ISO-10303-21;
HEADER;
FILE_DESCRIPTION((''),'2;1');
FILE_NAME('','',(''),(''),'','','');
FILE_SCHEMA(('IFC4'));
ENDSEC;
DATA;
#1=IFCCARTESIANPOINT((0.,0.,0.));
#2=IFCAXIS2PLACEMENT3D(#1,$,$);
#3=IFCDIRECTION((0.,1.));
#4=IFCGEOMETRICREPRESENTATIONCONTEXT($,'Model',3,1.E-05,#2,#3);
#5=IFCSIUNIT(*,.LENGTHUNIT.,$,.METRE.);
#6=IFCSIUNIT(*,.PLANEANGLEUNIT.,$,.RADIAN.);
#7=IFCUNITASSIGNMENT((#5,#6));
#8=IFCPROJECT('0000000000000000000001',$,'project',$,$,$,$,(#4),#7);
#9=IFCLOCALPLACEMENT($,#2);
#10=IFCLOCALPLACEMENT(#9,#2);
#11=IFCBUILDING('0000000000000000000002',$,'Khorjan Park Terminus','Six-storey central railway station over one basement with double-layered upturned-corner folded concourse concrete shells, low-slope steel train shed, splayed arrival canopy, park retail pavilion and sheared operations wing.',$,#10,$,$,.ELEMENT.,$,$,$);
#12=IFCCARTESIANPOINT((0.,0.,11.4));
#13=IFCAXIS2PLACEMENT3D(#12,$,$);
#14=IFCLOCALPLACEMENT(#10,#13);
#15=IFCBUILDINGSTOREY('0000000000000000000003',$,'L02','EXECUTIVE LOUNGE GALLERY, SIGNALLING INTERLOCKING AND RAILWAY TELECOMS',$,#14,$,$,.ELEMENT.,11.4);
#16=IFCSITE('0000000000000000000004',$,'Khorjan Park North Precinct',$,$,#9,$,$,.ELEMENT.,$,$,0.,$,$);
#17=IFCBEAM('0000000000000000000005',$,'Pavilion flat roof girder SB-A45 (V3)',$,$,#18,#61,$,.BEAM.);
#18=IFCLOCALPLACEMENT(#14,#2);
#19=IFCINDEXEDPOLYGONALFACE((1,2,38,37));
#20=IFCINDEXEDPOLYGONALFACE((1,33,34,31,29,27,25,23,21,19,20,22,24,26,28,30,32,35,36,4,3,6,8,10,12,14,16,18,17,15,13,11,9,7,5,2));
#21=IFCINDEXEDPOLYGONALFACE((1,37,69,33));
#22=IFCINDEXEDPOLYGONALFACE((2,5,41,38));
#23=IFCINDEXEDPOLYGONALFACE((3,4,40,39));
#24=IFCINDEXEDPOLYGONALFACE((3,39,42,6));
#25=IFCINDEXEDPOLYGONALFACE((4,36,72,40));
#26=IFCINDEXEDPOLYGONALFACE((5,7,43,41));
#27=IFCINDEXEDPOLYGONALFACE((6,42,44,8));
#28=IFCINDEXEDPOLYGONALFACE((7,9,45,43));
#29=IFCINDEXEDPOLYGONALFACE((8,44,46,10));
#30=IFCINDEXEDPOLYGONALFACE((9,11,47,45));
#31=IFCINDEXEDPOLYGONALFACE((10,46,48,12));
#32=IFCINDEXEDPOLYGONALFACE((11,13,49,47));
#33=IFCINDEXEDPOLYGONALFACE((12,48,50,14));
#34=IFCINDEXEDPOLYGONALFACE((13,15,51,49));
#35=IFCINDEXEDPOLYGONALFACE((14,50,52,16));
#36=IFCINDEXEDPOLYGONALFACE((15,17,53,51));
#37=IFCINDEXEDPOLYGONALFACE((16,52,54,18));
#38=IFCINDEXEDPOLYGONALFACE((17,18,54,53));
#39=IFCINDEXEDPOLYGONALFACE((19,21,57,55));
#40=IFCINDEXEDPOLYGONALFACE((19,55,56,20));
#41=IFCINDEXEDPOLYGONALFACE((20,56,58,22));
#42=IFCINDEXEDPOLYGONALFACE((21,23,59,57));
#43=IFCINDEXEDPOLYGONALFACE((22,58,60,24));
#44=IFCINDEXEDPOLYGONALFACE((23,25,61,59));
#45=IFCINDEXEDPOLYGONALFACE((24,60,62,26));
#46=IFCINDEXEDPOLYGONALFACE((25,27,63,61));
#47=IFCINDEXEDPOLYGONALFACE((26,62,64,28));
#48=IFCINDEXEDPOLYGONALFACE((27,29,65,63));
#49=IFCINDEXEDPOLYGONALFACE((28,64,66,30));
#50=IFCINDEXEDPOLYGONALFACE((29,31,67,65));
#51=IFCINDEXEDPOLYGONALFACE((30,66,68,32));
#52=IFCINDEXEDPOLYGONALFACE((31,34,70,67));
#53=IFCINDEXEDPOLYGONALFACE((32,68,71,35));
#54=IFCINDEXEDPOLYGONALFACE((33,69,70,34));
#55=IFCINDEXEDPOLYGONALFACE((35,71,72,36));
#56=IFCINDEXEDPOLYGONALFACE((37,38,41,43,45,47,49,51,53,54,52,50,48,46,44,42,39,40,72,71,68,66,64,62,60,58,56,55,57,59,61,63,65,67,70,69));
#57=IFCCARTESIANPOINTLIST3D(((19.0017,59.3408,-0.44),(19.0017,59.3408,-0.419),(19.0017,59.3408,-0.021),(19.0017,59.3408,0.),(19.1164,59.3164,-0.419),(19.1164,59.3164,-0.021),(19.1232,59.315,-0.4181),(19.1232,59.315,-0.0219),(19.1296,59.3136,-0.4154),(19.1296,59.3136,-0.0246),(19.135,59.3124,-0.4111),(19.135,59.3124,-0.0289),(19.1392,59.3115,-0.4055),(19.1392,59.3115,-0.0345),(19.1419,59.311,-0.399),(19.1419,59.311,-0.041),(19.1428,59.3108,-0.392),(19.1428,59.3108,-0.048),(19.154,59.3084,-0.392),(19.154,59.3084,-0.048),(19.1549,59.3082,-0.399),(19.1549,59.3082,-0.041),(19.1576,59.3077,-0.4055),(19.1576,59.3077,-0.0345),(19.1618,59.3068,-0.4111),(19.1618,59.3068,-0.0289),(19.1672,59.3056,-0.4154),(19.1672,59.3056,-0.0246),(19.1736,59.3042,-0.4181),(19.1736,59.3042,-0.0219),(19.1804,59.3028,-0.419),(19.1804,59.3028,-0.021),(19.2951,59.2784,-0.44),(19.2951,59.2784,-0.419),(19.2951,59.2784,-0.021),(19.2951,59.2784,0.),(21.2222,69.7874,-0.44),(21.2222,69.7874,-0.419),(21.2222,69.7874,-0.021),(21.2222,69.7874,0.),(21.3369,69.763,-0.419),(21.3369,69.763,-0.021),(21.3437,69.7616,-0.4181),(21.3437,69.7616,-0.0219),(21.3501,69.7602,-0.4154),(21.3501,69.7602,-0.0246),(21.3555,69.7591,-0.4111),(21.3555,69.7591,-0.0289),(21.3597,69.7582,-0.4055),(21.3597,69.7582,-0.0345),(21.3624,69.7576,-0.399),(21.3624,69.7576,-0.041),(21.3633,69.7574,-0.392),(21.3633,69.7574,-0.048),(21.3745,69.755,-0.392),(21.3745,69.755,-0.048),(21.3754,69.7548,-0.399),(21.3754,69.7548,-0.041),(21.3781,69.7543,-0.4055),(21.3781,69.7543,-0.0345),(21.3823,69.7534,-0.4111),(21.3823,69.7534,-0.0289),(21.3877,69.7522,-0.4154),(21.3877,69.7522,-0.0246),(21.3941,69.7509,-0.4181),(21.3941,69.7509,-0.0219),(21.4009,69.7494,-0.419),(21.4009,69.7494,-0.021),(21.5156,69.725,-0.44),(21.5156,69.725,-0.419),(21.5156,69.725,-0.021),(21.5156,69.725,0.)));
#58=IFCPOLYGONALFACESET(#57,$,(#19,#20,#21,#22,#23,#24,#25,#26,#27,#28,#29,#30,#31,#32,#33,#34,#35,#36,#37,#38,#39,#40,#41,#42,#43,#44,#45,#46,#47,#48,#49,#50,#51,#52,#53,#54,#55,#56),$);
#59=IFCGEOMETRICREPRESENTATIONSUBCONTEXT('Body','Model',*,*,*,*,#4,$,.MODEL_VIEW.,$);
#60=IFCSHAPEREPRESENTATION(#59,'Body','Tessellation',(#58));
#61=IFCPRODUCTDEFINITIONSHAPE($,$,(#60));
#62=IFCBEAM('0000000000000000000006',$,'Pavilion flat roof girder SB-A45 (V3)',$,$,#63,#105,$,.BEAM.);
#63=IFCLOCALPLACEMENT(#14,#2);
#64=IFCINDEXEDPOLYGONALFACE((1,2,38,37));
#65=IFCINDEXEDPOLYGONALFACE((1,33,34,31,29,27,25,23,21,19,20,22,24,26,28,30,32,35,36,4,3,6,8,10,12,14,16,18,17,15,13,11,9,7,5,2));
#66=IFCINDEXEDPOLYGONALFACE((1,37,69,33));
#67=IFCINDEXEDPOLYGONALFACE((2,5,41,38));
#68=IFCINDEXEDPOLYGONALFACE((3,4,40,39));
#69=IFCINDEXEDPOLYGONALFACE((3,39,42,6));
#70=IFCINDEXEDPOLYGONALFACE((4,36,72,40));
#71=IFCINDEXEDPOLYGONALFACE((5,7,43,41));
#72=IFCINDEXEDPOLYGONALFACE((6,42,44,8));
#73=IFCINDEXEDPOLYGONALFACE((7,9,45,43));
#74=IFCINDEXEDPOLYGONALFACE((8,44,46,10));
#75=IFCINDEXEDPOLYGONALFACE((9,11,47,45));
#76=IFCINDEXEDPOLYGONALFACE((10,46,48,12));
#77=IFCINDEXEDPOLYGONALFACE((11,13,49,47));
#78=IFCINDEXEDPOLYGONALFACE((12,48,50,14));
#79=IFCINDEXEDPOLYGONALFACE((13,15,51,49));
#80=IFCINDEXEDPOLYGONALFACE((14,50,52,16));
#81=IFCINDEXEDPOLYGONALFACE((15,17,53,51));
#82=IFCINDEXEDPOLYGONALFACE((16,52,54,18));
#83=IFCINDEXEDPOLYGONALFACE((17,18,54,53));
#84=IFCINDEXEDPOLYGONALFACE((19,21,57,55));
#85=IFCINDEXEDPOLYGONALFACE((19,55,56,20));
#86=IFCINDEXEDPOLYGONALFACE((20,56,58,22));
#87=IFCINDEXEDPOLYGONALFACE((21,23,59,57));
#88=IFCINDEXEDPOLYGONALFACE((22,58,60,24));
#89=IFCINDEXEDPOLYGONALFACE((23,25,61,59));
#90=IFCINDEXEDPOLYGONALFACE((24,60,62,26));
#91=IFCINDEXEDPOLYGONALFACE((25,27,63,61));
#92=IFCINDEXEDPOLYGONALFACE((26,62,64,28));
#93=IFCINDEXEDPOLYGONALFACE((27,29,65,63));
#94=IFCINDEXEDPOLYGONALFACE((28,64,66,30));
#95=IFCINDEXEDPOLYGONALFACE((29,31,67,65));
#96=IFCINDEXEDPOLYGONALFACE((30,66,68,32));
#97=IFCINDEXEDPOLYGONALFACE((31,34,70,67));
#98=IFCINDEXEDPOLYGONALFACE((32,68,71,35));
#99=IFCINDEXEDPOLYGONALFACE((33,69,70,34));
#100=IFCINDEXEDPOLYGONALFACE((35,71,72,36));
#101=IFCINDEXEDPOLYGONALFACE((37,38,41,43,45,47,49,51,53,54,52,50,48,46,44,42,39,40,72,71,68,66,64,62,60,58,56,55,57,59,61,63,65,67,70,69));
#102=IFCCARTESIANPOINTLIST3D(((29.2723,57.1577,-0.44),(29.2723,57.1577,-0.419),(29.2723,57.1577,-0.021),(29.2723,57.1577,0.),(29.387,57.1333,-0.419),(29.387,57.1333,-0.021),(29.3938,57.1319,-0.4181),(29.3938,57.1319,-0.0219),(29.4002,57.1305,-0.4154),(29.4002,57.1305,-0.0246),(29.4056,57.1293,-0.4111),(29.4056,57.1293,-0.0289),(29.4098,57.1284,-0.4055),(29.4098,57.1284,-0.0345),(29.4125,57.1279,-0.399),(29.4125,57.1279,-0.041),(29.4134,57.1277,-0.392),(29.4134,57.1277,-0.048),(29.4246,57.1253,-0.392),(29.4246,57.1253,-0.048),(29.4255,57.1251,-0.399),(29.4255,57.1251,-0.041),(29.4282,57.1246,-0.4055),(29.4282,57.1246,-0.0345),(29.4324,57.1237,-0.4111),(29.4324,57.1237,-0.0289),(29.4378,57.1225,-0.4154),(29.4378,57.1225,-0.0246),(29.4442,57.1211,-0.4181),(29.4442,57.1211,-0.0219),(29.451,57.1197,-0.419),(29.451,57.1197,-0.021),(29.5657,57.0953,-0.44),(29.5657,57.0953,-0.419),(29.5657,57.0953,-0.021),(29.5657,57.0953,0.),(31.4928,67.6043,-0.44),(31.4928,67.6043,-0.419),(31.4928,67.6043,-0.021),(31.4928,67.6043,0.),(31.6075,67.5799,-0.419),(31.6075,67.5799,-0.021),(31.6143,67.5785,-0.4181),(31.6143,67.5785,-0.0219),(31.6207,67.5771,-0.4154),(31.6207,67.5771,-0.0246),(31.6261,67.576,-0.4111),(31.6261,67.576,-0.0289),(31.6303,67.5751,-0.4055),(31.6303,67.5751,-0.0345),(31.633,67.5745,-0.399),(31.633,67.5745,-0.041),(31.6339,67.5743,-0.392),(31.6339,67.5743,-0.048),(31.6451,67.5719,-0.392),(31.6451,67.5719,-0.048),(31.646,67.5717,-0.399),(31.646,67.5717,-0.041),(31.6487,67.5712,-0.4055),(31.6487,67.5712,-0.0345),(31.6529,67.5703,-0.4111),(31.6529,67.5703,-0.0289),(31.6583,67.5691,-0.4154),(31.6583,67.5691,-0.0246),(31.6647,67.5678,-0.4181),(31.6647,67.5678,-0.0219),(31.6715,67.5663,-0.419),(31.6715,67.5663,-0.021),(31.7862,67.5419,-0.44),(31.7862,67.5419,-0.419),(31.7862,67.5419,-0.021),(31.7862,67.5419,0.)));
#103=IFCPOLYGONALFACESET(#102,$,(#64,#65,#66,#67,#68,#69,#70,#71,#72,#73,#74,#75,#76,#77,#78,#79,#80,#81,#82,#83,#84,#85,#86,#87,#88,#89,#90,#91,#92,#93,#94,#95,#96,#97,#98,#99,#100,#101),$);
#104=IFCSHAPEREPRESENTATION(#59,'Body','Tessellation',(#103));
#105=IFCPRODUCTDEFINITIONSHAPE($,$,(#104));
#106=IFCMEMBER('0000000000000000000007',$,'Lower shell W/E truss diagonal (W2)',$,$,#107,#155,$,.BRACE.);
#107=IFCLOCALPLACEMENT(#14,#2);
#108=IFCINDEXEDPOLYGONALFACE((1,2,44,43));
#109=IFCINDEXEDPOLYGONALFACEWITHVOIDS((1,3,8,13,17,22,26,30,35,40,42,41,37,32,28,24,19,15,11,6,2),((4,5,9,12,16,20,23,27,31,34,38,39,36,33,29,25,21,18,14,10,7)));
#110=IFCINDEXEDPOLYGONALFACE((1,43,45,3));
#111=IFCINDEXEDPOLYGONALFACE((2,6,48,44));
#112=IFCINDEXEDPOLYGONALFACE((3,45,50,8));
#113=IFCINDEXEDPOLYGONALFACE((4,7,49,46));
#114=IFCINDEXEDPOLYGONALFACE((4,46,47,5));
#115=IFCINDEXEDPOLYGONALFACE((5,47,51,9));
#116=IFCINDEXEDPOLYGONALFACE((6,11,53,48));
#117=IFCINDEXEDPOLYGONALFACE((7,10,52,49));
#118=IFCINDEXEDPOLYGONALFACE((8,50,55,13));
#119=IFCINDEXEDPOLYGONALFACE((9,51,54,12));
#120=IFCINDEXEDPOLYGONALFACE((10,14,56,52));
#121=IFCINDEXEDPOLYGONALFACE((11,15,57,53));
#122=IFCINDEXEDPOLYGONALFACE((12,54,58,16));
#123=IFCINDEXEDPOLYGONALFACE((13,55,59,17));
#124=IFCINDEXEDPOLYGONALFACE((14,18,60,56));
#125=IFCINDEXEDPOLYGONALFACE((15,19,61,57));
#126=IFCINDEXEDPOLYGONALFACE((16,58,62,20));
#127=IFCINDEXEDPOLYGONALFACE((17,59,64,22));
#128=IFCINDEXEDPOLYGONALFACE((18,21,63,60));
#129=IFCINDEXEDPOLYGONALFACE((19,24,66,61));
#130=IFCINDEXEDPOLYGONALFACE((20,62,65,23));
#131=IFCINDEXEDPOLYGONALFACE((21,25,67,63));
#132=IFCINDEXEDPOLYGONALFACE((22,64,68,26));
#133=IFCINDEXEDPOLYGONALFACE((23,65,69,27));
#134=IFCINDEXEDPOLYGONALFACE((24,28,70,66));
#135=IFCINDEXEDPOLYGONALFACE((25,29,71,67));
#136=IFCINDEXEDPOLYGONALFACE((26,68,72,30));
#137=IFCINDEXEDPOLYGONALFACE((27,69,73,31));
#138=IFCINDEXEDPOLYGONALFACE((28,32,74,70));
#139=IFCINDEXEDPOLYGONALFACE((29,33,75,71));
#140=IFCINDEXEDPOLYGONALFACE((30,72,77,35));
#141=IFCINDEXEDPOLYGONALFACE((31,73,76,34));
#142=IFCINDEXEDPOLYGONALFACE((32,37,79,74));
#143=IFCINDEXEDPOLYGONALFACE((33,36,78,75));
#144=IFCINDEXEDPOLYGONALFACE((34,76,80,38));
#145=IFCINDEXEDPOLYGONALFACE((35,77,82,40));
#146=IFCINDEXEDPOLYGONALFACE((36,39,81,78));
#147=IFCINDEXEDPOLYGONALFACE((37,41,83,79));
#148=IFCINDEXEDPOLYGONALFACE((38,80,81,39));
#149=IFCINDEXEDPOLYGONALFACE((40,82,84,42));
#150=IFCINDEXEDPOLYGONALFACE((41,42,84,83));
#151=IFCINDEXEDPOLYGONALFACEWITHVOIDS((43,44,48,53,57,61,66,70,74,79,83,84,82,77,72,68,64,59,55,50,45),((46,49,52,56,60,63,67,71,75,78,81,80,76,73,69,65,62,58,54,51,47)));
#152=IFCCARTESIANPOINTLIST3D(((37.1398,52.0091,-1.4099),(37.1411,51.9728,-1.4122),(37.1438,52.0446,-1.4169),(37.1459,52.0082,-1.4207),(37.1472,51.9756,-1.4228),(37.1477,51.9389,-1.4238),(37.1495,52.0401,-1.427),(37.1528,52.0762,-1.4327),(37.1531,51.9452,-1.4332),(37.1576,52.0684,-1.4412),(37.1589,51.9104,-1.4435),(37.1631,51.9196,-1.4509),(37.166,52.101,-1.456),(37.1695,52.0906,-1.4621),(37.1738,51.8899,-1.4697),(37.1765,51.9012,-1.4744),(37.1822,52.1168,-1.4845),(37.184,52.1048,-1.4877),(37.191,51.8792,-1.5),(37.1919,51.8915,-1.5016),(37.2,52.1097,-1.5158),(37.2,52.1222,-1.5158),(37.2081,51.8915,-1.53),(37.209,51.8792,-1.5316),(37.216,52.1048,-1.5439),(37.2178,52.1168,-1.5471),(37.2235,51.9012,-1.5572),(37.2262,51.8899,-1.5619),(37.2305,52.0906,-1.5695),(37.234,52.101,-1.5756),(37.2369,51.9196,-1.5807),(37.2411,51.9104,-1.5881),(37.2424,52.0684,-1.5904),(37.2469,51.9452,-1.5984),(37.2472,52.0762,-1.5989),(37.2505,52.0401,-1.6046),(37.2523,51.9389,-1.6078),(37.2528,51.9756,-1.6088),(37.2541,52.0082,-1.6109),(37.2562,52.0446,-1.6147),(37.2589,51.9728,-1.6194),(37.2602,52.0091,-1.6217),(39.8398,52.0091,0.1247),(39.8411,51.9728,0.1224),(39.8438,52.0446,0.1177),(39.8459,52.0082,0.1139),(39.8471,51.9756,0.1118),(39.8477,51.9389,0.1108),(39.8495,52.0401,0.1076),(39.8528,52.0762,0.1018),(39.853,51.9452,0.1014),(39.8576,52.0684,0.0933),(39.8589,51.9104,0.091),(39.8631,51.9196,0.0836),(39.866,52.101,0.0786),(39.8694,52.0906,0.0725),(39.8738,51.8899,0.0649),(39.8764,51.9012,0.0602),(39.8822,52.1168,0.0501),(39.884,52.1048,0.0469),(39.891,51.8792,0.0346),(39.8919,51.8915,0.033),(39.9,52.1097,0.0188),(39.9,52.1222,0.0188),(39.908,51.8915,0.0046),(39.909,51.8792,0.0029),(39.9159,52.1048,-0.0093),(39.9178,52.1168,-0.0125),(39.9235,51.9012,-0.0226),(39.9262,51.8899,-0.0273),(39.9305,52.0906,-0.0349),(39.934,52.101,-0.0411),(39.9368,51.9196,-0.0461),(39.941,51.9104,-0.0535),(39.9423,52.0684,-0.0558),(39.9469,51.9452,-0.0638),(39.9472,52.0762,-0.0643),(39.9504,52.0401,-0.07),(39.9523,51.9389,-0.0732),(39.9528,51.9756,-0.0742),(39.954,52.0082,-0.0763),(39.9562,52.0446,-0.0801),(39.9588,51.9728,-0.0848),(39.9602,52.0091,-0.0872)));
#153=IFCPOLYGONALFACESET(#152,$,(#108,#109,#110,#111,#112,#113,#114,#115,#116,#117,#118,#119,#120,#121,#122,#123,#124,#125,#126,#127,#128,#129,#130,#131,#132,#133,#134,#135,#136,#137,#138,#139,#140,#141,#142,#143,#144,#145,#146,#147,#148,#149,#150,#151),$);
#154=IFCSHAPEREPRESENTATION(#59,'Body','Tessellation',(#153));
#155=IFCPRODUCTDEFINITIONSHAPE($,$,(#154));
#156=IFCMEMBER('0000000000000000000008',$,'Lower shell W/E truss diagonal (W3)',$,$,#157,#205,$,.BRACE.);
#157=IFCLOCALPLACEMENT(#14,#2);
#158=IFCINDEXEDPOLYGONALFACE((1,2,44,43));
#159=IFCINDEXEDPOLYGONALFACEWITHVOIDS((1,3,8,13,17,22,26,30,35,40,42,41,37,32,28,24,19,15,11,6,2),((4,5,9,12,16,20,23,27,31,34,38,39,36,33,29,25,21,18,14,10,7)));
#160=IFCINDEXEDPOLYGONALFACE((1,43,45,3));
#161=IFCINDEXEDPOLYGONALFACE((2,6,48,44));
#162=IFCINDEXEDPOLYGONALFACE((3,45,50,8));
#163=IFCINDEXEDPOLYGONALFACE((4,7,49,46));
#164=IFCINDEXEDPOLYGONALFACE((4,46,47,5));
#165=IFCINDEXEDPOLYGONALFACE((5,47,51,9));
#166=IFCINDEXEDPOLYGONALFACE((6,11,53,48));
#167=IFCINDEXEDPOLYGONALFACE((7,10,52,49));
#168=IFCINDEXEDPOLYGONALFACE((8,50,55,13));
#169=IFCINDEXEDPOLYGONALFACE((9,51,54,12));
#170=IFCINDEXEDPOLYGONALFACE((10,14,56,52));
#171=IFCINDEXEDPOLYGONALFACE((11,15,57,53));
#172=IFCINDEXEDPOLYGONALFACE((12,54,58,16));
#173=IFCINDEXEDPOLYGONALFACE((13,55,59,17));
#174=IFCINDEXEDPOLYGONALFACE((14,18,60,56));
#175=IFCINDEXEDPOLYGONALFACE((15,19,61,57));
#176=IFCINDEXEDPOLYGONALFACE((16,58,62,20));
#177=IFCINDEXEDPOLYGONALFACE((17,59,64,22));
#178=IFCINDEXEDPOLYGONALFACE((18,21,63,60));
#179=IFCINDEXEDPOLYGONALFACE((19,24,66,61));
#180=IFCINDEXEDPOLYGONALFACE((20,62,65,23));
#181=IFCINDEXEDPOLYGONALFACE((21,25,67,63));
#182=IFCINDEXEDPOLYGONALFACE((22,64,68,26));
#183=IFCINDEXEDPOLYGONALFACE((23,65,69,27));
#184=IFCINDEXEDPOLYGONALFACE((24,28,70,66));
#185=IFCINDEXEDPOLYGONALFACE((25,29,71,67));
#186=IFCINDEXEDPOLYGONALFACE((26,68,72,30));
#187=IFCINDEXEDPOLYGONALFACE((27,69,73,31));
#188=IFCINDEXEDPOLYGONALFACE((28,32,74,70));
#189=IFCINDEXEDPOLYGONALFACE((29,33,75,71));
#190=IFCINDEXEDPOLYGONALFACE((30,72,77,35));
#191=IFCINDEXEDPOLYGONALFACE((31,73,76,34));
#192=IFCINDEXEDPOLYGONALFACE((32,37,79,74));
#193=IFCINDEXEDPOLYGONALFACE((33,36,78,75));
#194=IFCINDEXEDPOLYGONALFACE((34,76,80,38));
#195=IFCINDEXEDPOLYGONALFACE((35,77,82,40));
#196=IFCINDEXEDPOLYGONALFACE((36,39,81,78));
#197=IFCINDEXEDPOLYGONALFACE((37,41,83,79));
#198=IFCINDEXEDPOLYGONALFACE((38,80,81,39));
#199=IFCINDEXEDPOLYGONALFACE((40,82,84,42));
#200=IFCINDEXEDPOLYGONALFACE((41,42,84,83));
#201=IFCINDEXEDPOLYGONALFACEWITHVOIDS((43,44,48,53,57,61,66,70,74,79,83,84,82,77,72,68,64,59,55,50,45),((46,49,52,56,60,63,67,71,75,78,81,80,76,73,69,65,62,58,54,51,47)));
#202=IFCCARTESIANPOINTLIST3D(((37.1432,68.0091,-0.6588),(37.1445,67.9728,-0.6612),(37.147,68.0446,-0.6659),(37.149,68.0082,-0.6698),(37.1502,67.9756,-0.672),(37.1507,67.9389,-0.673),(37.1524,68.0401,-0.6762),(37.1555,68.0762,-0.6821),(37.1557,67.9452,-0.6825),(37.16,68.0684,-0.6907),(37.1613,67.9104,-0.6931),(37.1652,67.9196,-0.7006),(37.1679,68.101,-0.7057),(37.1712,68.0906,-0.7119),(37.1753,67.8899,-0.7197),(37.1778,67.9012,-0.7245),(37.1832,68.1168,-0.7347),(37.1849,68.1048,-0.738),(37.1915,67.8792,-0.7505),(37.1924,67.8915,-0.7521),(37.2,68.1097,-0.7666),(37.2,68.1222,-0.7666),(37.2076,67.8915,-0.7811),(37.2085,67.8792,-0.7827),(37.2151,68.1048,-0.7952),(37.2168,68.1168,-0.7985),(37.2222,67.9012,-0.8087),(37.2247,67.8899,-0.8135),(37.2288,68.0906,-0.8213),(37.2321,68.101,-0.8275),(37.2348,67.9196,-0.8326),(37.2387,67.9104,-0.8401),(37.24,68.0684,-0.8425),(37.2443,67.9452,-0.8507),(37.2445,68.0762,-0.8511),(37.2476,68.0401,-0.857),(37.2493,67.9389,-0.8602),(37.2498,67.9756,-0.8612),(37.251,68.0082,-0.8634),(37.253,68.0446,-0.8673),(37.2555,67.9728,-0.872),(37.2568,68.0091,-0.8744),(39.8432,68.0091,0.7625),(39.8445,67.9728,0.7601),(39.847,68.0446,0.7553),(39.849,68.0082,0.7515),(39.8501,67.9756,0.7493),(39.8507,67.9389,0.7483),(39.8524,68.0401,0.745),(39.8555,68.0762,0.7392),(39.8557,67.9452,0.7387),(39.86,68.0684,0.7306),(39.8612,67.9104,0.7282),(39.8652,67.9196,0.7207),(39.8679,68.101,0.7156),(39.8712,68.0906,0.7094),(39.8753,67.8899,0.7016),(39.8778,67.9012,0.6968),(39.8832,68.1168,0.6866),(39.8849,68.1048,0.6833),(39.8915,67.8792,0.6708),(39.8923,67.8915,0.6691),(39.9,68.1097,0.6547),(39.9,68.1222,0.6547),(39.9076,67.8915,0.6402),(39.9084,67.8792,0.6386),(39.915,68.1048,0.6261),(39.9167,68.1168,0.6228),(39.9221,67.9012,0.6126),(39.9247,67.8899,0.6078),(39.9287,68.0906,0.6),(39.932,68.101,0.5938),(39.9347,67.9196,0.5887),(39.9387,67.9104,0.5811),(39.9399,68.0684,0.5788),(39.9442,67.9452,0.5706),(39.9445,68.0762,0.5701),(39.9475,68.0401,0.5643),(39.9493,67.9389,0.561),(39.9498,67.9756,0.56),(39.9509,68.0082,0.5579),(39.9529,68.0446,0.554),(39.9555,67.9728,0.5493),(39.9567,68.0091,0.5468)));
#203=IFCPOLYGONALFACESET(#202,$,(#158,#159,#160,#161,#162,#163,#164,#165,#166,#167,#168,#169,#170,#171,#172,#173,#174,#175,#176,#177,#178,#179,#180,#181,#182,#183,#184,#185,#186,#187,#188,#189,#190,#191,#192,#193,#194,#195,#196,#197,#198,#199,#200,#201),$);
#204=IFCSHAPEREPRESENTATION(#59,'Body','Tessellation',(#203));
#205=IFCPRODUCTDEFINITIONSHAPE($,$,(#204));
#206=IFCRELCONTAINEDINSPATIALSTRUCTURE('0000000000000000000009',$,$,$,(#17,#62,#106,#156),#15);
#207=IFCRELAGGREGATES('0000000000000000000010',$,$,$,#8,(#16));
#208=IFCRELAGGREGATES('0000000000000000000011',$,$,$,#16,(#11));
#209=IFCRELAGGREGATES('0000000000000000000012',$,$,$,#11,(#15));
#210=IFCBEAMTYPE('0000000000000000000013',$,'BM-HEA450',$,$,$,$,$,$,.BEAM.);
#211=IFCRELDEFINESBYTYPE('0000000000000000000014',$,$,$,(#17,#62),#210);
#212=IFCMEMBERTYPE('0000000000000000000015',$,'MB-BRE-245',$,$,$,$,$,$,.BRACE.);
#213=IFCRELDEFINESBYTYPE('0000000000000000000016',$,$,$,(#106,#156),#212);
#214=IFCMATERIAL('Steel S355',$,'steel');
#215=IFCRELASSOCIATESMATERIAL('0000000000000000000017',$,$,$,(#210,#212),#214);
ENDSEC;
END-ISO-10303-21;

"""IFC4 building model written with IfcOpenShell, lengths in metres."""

from ifc_helpers import new_model, si_unit, direction, frame, origin, origin_2d, place, context, subcontext, project, spatial, hollow_circle, i_section, extrude, material, material_profile, profile_set, type_object, element, save


model = new_model("IFC4")

# Units and contexts
model_context = context("Model", 3, precision=1e-05, world=origin(), true_north=direction((0.0, 1.0)))
body_context = subcontext(model_context, "Body", "Model", "MODEL_VIEW")
ifc_project = project(units=[si_unit("LENGTHUNIT", "METRE"), si_unit("PLANEANGLEUNIT", "RADIAN")], contexts=[model_context])

# Site, building, storey
site_placement = place(None, origin())
site = spatial("IfcSite", under=ifc_project, at=site_placement, Name="Khorjan Park North Precinct", CompositionType="ELEMENT", RefElevation=0.0)
building_placement = place(site_placement, origin())
building = spatial("IfcBuilding", under=site, at=building_placement, Name="Khorjan Park Terminus", Description="Six-storey central railway station over one basement with double-layered upturned-corner folded concourse concrete shells, low-slope steel train shed, splayed arrival canopy, park retail pavilion and sheared operations wing.", CompositionType="ELEMENT")
storey_placement = place(building_placement, frame((0.0, 0.0, 11.4)))
storey = spatial("IfcBuildingStorey", under=building, at=storey_placement, Name="L02", Description="EXECUTIVE LOUNGE GALLERY, SIGNALLING INTERLOCKING AND RAILWAY TELECOMS", CompositionType="ELEMENT", Elevation=11.4)

# Beams
ifc_material_1 = material(Name="Steel S355", Category="steel")
ifc_material_profile_1 = material_profile(ifc_material_1, i_section(OverallWidth=0.3, OverallDepth=0.44, WebThickness=0.0115, FlangeThickness=0.021, FilletRadius=0.027, at=origin_2d()), Name="HEA 450")
ifc_profile_set_1 = profile_set([ifc_material_profile_1], Name="Steel S355")
beam_type_1 = type_object("IfcBeamType", Name="BM-HEA450", PredefinedType="BEAM", material=ifc_profile_set_1)
for number, where, z_axis, x_axis, name in (
    (1, (19.1484, 59.3096, -0.22), (0.207912, 0.978147, 0.0), (-0.978147, 0.207912, 0.0), "Pavilion flat roof girder SB-A45 (V3)"),
    (2, (29.419, 57.1265, -0.22), (0.207912, 0.978147, 0.0), (-0.978147, 0.207912, 0.0), "Pavilion flat roof girder SB-A45 (V3)"),
):
    element("IfcBeam", number, at=place(storey_placement, frame(where, z_axis=z_axis, x_axis=x_axis)), inside=storey, type_object=beam_type_1, Name=name, PredefinedType="BEAM", context=body_context, shape_type="SweptSolid", body=[
        extrude(i_section(OverallWidth=0.3, OverallDepth=0.44, WebThickness=0.0115, FlangeThickness=0.021, FilletRadius=0.027, at=origin_2d()), origin(), (0.0, 0.0, 1.0), 10.68),
    ])

# Members
ifc_material_profile_2 = material_profile(ifc_material_1, hollow_circle(Radius=0.1222, WallThickness=0.0125, at=origin_2d()), Name="CHS 244.5x12.5")
ifc_profile_set_2 = profile_set([ifc_material_profile_2], Name="Steel S355")
member_type_1 = type_object("IfcMemberType", Name="MB-BRE-245", PredefinedType="BRACE", material=ifc_profile_set_2)
member_1_placement = place(storey_placement, frame((37.2, 52.0, -1.5158), z_axis=(0.869386, 0.0, 0.494133), x_axis=(0.0, 1.0, 0.0)))
element("IfcMember", 3, at=member_1_placement, inside=storey, type_object=member_type_1, Name="Lower shell W/E truss diagonal (W2)", PredefinedType="BRACE", context=body_context, shape_type="SweptSolid", body=[
    extrude(hollow_circle(Radius=0.1222, WallThickness=0.0125, at=origin_2d()), origin(), (0.0, 0.0, 1.0), 3.1056),
])
member_2_placement = place(storey_placement, frame((37.2, 68.0, -0.7666), z_axis=(0.884885, 0.0, 0.46581), x_axis=(0.0, 1.0, 0.0)))
element("IfcMember", 4, at=member_2_placement, inside=storey, type_object=member_type_1, Name="Lower shell W/E truss diagonal (W3)", PredefinedType="BRACE", context=body_context, shape_type="SweptSolid", body=[
    extrude(hollow_circle(Radius=0.1222, WallThickness=0.0125, at=origin_2d()), origin(), (0.0, 0.0, 1.0), 3.0512),
])

save(model, "model.ifc")
